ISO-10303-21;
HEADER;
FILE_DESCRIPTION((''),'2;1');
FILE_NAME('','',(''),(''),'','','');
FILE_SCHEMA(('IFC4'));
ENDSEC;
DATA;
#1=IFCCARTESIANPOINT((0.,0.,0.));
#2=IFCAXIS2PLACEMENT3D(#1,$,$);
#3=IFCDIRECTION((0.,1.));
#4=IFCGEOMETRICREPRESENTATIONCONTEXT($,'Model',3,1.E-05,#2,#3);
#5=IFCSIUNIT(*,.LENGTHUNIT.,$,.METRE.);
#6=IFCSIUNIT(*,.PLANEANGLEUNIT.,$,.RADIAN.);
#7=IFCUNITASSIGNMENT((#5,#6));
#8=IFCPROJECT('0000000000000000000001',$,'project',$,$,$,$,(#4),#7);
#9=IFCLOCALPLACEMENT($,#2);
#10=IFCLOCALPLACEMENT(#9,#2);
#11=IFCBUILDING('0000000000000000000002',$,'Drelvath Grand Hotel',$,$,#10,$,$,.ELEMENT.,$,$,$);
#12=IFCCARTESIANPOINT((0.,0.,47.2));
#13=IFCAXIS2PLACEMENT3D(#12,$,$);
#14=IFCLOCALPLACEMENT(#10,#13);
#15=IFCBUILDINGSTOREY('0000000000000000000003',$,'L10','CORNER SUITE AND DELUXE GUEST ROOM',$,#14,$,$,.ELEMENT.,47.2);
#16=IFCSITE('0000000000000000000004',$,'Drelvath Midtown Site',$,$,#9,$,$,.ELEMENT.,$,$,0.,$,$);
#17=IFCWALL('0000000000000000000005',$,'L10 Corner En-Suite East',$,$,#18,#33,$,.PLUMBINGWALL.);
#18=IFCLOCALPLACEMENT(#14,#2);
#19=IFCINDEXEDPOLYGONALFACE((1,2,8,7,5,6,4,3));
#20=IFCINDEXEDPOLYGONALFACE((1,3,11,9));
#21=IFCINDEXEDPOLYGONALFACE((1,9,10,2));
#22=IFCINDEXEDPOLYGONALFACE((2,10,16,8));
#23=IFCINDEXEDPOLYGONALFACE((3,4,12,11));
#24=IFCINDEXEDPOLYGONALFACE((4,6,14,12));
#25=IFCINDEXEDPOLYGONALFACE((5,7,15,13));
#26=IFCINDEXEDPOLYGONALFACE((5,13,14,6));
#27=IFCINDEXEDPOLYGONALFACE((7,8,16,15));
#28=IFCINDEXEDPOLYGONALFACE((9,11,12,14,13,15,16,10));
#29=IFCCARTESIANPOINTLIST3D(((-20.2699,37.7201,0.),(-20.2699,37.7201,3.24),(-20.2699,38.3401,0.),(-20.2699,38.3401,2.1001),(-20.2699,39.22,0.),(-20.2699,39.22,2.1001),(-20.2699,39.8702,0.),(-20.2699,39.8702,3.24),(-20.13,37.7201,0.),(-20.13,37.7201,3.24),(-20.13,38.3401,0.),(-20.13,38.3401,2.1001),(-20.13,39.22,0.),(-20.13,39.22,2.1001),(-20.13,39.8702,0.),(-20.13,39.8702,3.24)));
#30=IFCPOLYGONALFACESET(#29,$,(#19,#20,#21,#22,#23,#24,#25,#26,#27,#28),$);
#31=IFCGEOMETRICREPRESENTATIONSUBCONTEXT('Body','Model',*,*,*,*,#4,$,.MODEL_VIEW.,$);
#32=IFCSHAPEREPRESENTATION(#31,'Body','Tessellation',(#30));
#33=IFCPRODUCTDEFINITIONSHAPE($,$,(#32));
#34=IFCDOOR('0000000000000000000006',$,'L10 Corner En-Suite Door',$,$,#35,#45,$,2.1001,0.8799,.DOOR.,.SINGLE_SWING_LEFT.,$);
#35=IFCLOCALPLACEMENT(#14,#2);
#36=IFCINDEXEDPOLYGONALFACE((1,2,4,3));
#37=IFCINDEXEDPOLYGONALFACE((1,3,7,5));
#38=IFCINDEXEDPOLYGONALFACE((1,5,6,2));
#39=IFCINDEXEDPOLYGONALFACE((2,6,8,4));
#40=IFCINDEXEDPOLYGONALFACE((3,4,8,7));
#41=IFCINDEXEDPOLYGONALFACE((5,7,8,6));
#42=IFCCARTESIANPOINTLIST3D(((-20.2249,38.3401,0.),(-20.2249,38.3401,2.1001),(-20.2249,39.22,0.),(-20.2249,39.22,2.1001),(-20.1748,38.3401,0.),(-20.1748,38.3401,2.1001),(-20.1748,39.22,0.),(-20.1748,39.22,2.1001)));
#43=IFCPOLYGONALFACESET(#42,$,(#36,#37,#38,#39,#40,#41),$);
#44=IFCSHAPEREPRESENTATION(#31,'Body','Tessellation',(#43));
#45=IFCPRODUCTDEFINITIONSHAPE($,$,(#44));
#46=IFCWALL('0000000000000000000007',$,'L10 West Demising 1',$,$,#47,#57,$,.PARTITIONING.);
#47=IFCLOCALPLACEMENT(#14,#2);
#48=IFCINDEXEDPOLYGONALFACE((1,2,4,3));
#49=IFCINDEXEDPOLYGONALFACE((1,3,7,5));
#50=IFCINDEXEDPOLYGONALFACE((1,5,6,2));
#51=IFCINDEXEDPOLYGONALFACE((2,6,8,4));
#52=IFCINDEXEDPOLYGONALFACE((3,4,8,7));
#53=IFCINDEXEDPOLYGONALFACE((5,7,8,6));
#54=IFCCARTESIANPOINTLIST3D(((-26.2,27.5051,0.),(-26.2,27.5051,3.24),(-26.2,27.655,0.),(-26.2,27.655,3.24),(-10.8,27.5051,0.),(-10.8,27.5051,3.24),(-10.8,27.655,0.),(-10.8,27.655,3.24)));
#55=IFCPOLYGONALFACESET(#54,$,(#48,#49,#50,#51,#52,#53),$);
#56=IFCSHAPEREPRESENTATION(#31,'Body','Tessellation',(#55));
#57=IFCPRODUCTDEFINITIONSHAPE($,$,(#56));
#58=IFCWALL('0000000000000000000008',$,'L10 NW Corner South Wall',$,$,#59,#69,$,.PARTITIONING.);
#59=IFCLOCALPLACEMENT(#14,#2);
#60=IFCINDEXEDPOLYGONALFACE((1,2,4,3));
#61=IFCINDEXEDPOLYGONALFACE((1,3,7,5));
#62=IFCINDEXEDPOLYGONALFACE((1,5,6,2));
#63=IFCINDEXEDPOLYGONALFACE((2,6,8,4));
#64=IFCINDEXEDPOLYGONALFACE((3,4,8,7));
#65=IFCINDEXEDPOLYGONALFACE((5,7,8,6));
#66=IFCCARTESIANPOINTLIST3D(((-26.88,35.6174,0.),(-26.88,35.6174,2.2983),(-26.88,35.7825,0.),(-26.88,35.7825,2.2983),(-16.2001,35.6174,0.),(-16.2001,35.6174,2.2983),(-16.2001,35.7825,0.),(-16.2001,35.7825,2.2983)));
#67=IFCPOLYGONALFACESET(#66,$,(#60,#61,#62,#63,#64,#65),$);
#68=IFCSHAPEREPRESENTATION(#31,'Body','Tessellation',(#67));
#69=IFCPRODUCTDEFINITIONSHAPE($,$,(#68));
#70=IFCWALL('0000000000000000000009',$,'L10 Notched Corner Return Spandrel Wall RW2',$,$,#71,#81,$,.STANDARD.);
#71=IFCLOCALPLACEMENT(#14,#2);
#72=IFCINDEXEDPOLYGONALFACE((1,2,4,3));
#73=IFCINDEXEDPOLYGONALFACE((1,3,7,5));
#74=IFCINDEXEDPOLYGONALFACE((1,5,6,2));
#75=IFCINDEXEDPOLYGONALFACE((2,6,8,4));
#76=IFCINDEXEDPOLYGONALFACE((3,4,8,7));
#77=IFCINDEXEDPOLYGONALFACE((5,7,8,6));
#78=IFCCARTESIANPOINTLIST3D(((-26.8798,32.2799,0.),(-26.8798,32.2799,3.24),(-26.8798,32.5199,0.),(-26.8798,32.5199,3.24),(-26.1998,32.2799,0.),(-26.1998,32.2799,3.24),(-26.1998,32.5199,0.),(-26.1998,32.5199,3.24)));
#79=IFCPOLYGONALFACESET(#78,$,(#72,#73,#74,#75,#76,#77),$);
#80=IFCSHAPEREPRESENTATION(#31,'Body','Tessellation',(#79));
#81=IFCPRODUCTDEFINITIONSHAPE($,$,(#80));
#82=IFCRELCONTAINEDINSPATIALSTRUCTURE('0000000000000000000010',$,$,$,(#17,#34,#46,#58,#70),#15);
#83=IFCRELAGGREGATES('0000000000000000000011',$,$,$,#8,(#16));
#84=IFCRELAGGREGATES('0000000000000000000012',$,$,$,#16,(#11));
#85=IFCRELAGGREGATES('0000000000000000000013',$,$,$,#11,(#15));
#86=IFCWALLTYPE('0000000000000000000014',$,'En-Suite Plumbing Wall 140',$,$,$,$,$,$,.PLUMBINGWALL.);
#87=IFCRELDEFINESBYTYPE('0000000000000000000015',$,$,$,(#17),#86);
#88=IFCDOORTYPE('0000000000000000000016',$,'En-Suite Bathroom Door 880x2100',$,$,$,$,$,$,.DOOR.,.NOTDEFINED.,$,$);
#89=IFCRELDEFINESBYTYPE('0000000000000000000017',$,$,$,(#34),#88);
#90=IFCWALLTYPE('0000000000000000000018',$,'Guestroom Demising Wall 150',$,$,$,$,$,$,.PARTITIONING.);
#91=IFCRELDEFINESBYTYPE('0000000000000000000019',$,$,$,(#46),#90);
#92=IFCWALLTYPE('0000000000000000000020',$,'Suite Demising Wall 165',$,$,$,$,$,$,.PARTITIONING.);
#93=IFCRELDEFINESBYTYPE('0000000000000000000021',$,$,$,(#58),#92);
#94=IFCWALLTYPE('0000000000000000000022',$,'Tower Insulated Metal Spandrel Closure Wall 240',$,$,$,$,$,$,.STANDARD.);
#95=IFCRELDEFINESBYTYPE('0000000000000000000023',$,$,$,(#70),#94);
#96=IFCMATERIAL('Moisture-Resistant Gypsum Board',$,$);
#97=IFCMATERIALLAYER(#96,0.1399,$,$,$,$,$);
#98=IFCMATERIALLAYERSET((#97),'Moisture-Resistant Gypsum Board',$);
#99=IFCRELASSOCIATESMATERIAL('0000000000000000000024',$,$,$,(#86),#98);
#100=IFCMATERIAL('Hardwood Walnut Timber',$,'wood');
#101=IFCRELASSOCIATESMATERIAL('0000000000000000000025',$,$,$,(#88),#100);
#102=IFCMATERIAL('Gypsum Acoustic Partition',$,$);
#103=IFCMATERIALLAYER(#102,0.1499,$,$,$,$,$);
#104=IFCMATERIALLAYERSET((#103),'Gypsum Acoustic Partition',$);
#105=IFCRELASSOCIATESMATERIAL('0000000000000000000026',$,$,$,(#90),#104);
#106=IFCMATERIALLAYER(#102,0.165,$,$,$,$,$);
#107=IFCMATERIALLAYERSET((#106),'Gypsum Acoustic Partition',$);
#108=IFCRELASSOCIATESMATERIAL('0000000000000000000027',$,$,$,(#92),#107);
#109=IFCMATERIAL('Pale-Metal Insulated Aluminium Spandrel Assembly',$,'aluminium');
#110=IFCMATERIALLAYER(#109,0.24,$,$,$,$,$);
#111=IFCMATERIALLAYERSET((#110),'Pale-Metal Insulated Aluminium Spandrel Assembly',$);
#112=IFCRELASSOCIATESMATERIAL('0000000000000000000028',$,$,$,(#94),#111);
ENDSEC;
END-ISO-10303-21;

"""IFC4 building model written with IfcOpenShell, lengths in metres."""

from ifc_helpers import new_model, si_unit, direction, frame, frame_2d, origin, place, context, subcontext, project, spatial, rectangle, extrude, material, layer, layer_set, type_object, element, fill, save


model = new_model("IFC4")

# Units and contexts
model_context = context("Model", 3, precision=1e-05, world=origin(), true_north=direction((0.0, 1.0)))
body_context = subcontext(model_context, "Body", "Model", "MODEL_VIEW")
ifc_project = project(units=[si_unit("LENGTHUNIT", "METRE"), si_unit("PLANEANGLEUNIT", "RADIAN")], contexts=[model_context])

# Site, building, storey
site_placement = place(None, origin())
site = spatial("IfcSite", under=ifc_project, at=site_placement, Name="Drelvath Midtown Site", CompositionType="ELEMENT", RefElevation=0.0)
building_placement = place(site_placement, origin())
building = spatial("IfcBuilding", under=site, at=building_placement, Name="Drelvath Grand Hotel", CompositionType="ELEMENT")
storey_placement = place(building_placement, frame((0.0, 0.0, 47.2)))
storey = spatial("IfcBuildingStorey", under=building, at=storey_placement, Name="L10", Description="CORNER SUITE AND DELUXE GUEST ROOM", CompositionType="ELEMENT", Elevation=47.2)

# Shared definitions
ifc_material_1 = material(Name="Moisture-Resistant Gypsum Board")
ifc_layer_1 = layer(ifc_material_1, 0.1399)
ifc_layer_set_1 = layer_set([ifc_layer_1], Name="Moisture-Resistant Gypsum Board")
wall_type_1 = type_object("IfcWallType", Name="En-Suite Plumbing Wall 140", PredefinedType="PLUMBINGWALL", material=ifc_layer_set_1)

# Wall, opening, door
wall_1_placement = place(storey_placement, frame((-20.2, 37.72, 0.0), z_axis=(0.0, 0.0, 1.0), x_axis=(0.0, 1.0, 0.0)))
wall_1 = element("IfcWall", 1, at=wall_1_placement, inside=storey, type_object=wall_type_1, Name="L10 Corner En-Suite East", PredefinedType="PLUMBINGWALL", context=body_context, shape_type="SweptSolid", body=[
    extrude(rectangle(XDim=2.1501, YDim=0.1399, at=frame_2d((1.0752, 0.0))), origin(), (0.0, 0.0, 1.0), 3.24),
])
opening_placement = place(wall_1_placement, frame((0.6201, 0.0, 0.0)))
opening = element("IfcOpeningElement", 2, at=opening_placement, cuts=wall_1, PredefinedType="OPENING", context=body_context, shape_type="SweptSolid", body=[
    extrude(rectangle(XDim=0.8799, YDim=2.1001, at=frame_2d((0.4399, 1.05))), frame((0.0, 0.0798, 0.0), z_axis=(0.0, -1.0, 0.0), x_axis=(1.0, 0.0, 0.0)), (0.0, 0.0, 1.0), 0.1599),
])
ifc_material_2 = material(Name="Hardwood Walnut Timber", Category="wood")
door_type = type_object("IfcDoorType", Name="En-Suite Bathroom Door 880x2100", OperationType="NOTDEFINED", PredefinedType="DOOR", material=ifc_material_2)
door_placement = place(opening_placement, origin())
door = element("IfcDoor", 3, at=door_placement, inside=storey, type_object=door_type, Name="L10 Corner En-Suite Door", OperationType="SINGLE_SWING_LEFT", OverallHeight=2.1001, OverallWidth=0.8799, PredefinedType="DOOR", context=body_context, shape_type="SweptSolid", body=[
    extrude(rectangle(XDim=0.8799, YDim=2.1001, at=frame_2d((0.4399, 1.05))), frame((0.0, 0.0249, 0.0), z_axis=(0.0, -1.0, 0.0), x_axis=(1.0, 0.0, 0.0)), (0.0, 0.0, 1.0), 0.05),
])
fill(opening, door)

# Walls
ifc_material_3 = material(Name="Gypsum Acoustic Partition")
ifc_layer_2 = layer(ifc_material_3, 0.1499)
ifc_layer_set_2 = layer_set([ifc_layer_2], Name="Gypsum Acoustic Partition")
wall_type_2 = type_object("IfcWallType", Name="Guestroom Demising Wall 150", PredefinedType="PARTITIONING", material=ifc_layer_set_2)
wall_2_placement = place(storey_placement, frame((-26.2, 27.5801, 0.0), z_axis=(0.0, 0.0, 1.0), x_axis=(1.0, 0.0, 0.0)))
element("IfcWall", 4, at=wall_2_placement, inside=storey, type_object=wall_type_2, Name="L10 West Demising 1", PredefinedType="PARTITIONING", context=body_context, shape_type="SweptSolid", body=[
    extrude(rectangle(XDim=15.3999, YDim=0.1499, at=frame_2d((7.7, 0.0))), origin(), (0.0, 0.0, 1.0), 3.24),
])
ifc_layer_3 = layer(ifc_material_3, 0.165)
ifc_layer_set_3 = layer_set([ifc_layer_3], Name="Gypsum Acoustic Partition")
wall_type_3 = type_object("IfcWallType", Name="Suite Demising Wall 165", PredefinedType="PARTITIONING", material=ifc_layer_set_3)
wall_3_placement = place(storey_placement, frame((-26.8799, 35.7, 0.0), z_axis=(0.0, 0.0, 1.0), x_axis=(1.0, 0.0, 0.0)))
element("IfcWall", 5, at=wall_3_placement, inside=storey, type_object=wall_type_3, Name="L10 NW Corner South Wall", PredefinedType="PARTITIONING", context=body_context, shape_type="SweptSolid", body=[
    extrude(rectangle(XDim=10.6799, YDim=0.165, at=frame_2d((5.3398, 0.0))), origin(), (0.0, 0.0, 1.0), 2.2983),
])
ifc_material_4 = material(Name="Pale-Metal Insulated Aluminium Spandrel Assembly", Category="aluminium")
ifc_layer_4 = layer(ifc_material_4, 0.24)
ifc_layer_set_4 = layer_set([ifc_layer_4], Name="Pale-Metal Insulated Aluminium Spandrel Assembly")
wall_type_4 = type_object("IfcWallType", Name="Tower Insulated Metal Spandrel Closure Wall 240", PredefinedType="STANDARD", material=ifc_layer_set_4)
wall_4_placement = place(storey_placement, frame((-26.2, 32.3999, 0.0), z_axis=(0.0, 0.0, 1.0), x_axis=(-1.0, 0.0, 0.0)))
element("IfcWall", 6, at=wall_4_placement, inside=storey, type_object=wall_type_4, Name="L10 Notched Corner Return Spandrel Wall RW2", PredefinedType="STANDARD", context=body_context, shape_type="SweptSolid", body=[
    extrude(rectangle(XDim=0.6799, YDim=0.24, at=frame_2d((0.3398, 0.0))), origin(), (0.0, 0.0, 1.0), 3.24),
])

save(model, "model.ifc")
